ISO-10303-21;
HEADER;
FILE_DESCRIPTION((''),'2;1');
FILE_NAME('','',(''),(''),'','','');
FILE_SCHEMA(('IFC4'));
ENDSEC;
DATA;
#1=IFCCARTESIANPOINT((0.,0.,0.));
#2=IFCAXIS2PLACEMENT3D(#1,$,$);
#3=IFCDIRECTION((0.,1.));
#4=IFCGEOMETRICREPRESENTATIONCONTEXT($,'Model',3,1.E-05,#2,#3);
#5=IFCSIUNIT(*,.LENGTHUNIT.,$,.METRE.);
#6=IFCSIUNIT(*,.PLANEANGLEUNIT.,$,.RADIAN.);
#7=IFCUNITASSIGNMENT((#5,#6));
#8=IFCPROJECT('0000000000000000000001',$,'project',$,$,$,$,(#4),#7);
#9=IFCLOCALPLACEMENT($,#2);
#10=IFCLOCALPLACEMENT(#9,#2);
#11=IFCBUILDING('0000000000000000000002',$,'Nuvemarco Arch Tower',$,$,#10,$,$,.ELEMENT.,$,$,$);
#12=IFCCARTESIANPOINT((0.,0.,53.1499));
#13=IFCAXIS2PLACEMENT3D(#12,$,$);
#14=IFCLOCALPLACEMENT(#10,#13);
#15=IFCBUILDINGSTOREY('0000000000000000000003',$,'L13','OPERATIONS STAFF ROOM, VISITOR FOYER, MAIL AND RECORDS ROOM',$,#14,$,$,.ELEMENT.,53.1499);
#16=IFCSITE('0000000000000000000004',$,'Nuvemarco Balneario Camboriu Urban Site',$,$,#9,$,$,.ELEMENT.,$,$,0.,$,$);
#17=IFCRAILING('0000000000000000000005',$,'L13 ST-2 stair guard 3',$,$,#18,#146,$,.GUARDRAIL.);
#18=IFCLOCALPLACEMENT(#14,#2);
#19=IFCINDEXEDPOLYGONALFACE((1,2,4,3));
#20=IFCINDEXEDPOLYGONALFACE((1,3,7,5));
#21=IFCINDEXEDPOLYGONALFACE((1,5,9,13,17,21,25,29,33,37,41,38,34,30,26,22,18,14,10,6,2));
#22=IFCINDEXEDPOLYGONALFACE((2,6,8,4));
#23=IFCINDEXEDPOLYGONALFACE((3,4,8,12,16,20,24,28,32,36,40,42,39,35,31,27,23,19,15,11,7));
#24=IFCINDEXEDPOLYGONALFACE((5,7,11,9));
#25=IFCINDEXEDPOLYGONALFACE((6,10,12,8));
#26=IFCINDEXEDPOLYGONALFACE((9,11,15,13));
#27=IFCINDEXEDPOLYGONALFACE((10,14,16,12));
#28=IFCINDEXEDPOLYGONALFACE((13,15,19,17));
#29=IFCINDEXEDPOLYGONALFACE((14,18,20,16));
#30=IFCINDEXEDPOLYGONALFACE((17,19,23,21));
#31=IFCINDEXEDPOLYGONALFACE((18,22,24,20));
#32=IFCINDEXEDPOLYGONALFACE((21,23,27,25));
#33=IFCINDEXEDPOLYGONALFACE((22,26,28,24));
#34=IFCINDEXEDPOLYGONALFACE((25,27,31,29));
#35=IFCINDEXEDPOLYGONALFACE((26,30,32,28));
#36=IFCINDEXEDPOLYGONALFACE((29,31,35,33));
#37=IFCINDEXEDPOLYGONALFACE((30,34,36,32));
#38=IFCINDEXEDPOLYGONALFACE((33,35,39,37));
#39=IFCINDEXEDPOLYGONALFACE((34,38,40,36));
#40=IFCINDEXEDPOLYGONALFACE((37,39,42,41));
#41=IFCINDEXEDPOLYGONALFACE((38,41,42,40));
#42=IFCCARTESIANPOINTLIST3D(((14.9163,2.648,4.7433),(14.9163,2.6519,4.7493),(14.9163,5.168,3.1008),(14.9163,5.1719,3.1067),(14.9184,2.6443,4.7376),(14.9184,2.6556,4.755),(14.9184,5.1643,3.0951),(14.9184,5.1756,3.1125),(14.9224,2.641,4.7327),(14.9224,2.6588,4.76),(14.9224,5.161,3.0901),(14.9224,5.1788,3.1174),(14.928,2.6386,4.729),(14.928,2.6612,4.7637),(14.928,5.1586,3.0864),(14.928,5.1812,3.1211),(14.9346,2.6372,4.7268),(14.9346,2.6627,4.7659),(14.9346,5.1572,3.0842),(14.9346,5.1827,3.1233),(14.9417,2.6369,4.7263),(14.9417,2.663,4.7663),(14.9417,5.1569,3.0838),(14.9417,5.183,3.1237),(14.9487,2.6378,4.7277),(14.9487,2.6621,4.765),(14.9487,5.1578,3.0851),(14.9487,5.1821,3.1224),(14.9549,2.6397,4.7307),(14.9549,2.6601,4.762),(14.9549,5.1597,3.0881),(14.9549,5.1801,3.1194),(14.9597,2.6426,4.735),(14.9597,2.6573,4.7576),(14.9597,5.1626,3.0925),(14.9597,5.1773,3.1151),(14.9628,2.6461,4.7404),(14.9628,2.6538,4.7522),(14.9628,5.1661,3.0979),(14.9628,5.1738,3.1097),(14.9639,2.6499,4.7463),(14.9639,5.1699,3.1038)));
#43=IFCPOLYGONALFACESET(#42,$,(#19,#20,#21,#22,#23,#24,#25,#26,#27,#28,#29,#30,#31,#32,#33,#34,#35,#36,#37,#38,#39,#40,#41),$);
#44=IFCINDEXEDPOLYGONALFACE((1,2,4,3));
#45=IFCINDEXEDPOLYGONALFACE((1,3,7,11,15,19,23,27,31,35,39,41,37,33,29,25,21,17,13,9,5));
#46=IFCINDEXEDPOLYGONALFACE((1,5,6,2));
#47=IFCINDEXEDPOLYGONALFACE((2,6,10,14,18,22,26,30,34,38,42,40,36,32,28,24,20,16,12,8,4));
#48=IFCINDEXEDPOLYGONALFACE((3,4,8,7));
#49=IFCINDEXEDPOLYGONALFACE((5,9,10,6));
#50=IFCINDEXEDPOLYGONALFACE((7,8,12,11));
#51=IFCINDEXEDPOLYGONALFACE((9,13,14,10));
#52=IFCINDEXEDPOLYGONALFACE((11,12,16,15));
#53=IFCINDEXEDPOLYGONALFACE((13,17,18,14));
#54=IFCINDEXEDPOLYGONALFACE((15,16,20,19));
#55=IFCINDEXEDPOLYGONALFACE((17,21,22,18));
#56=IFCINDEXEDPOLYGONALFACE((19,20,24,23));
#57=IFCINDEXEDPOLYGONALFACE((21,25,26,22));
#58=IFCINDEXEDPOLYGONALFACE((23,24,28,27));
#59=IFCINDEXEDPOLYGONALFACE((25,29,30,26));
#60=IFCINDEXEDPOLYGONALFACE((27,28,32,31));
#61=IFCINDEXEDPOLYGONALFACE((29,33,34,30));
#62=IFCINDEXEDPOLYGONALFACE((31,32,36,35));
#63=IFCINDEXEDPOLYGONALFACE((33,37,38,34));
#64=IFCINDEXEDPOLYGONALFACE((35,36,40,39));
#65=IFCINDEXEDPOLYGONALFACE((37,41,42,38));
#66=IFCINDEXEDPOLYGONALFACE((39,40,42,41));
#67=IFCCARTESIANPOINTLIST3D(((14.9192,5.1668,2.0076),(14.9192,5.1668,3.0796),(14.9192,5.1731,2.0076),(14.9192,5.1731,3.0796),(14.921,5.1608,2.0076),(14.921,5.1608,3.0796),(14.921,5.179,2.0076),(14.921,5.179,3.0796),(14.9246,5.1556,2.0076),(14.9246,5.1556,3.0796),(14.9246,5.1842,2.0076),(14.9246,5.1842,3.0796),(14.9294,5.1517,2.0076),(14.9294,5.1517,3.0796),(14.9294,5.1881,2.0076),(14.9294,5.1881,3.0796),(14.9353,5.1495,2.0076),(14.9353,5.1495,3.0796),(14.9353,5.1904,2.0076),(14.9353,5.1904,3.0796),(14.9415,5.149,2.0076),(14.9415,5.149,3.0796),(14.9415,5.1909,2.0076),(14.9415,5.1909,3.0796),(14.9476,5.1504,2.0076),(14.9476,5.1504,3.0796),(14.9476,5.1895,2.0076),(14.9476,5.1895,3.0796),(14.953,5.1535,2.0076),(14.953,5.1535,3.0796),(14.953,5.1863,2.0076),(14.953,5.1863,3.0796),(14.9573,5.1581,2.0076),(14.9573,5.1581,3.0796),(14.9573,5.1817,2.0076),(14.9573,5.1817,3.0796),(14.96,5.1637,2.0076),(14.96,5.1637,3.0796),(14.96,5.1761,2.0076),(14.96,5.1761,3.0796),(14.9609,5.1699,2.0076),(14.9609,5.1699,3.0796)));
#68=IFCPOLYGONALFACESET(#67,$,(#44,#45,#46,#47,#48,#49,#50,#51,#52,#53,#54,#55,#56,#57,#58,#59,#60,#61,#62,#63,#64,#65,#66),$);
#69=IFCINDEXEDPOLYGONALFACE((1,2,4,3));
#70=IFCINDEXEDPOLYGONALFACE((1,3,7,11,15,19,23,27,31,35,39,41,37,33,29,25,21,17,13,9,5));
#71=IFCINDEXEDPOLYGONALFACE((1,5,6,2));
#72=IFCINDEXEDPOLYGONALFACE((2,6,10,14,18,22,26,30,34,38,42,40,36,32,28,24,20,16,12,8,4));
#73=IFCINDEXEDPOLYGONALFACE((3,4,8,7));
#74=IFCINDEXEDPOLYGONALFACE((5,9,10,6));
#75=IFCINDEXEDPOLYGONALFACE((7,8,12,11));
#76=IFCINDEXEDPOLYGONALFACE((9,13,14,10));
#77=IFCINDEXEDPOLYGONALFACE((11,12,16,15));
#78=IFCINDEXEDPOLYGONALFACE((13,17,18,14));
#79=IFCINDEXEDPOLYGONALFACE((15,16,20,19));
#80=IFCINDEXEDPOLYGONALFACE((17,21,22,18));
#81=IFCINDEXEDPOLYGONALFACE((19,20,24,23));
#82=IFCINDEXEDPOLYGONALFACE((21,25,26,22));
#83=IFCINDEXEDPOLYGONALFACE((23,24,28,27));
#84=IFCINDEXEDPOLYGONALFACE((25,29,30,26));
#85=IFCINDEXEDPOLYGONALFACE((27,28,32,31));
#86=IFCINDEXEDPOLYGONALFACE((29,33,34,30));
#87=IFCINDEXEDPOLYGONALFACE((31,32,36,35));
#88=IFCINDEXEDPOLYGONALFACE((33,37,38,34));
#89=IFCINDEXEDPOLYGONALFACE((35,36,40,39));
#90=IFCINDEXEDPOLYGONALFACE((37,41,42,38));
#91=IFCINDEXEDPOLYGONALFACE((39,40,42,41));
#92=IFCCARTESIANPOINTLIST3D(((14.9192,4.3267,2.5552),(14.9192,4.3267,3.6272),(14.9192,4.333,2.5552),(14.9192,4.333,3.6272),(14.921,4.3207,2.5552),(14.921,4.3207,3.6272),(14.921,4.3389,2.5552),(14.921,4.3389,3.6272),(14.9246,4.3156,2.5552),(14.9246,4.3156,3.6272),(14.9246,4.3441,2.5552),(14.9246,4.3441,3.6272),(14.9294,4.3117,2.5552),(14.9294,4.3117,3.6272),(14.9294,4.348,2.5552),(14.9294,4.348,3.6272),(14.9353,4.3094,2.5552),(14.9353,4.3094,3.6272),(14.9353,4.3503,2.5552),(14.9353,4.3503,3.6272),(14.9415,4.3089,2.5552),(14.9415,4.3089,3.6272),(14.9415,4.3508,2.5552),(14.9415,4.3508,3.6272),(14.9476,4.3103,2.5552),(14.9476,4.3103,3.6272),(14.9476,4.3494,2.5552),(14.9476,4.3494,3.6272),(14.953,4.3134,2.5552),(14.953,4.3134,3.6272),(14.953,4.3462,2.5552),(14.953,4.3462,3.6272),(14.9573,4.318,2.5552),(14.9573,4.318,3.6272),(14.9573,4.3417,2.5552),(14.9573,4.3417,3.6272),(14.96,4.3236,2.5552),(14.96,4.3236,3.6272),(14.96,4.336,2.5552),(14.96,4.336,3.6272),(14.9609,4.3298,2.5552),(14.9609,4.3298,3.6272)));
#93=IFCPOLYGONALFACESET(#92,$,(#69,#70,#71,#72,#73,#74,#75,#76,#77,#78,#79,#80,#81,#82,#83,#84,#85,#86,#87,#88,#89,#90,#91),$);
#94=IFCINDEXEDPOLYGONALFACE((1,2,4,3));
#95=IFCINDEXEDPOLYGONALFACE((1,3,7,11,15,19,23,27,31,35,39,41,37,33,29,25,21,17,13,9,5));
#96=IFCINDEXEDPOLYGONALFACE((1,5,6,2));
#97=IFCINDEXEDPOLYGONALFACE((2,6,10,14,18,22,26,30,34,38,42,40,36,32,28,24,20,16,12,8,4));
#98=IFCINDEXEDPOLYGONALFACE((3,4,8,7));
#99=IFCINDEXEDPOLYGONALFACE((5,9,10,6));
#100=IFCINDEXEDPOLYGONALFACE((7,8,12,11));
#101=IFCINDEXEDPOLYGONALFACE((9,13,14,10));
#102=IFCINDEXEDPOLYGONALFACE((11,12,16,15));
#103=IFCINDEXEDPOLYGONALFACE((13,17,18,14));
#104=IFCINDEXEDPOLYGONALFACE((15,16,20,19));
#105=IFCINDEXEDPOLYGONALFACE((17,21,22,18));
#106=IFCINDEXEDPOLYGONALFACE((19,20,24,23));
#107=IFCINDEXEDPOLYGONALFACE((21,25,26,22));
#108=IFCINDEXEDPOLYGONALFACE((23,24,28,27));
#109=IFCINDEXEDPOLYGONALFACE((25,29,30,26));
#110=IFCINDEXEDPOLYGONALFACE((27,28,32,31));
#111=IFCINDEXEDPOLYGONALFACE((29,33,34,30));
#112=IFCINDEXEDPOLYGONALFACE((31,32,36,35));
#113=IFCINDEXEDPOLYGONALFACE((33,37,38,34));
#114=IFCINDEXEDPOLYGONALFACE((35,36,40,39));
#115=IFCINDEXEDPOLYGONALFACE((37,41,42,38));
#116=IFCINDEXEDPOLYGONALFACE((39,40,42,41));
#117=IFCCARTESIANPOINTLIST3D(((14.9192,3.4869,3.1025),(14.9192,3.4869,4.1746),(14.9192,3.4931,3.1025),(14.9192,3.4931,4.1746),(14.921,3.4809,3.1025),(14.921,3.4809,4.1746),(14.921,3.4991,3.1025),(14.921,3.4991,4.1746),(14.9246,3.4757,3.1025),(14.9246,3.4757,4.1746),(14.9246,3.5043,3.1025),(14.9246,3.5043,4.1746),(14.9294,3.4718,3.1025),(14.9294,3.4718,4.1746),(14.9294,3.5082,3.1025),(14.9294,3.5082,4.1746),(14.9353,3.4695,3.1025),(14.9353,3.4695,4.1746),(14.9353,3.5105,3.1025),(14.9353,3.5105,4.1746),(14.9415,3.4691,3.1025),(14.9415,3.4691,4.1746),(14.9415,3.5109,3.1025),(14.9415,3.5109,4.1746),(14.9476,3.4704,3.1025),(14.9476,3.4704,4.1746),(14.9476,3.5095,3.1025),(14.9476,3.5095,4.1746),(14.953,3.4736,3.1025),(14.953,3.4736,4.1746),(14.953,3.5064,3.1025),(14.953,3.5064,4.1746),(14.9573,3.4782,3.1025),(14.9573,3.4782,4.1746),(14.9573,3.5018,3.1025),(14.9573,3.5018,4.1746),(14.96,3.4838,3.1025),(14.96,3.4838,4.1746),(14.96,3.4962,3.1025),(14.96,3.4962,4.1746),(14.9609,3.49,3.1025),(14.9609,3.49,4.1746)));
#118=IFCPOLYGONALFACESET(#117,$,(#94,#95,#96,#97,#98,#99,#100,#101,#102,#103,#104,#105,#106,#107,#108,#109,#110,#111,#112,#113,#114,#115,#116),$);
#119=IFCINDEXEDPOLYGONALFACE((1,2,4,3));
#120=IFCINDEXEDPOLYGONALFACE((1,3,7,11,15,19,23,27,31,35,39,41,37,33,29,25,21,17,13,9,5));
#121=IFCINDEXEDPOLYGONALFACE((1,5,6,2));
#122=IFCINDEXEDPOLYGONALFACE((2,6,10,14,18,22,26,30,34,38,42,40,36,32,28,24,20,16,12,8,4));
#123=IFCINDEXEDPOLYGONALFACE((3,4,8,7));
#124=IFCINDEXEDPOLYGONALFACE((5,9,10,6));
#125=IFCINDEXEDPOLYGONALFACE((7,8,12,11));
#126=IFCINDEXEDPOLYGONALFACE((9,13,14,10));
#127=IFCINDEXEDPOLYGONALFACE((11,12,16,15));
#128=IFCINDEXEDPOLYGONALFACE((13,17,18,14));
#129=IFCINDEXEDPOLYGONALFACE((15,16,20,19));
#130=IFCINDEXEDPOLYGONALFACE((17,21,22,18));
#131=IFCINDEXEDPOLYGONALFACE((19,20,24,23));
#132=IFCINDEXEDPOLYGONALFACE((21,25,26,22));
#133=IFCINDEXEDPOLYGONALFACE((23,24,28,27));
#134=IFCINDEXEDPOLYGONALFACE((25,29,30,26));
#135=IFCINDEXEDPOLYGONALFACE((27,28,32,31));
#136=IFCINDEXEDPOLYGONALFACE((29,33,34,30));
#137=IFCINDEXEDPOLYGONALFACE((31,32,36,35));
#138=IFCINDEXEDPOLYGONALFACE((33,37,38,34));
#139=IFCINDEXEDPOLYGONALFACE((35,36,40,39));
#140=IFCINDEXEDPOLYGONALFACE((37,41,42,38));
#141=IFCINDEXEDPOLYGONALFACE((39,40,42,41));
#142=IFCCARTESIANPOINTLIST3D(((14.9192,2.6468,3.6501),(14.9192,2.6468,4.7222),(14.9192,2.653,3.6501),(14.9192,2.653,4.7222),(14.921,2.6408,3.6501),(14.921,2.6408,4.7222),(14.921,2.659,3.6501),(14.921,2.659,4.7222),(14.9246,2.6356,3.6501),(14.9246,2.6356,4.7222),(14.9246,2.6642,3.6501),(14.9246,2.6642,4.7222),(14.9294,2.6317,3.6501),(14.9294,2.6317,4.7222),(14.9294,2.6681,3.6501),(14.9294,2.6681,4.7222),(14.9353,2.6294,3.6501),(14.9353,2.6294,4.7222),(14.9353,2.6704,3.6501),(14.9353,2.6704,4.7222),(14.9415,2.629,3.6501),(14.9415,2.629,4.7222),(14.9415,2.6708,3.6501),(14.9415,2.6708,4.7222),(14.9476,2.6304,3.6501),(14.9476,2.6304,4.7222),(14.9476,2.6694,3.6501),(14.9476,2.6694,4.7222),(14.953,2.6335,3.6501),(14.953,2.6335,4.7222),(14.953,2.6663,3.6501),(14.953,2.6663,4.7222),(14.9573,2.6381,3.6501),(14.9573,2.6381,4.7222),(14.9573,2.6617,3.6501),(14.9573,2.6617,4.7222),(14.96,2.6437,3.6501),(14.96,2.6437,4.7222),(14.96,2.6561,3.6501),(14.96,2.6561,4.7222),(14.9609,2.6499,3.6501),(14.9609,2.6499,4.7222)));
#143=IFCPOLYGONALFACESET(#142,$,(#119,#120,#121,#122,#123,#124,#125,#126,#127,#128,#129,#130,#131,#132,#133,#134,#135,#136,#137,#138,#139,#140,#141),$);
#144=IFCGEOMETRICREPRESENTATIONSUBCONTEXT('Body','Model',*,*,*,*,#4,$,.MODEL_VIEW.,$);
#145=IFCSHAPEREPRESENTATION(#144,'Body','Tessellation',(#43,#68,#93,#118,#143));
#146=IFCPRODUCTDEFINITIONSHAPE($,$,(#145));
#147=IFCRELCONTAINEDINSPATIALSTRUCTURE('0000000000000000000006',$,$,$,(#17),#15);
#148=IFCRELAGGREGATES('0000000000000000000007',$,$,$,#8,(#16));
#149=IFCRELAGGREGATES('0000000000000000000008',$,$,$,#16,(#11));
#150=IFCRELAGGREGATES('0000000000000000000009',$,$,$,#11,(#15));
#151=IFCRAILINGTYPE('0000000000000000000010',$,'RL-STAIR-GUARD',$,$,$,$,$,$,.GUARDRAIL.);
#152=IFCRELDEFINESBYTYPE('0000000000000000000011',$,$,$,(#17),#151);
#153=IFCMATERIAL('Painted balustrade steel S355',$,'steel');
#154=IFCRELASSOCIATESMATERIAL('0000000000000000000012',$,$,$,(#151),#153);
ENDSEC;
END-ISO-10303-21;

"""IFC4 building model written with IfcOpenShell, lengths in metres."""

from ifc_helpers import new_model, si_unit, direction, frame, origin, origin_2d, place, context, subcontext, project, spatial, circle, extrude, material, type_object, element, save


model = new_model("IFC4")

# Units and contexts
model_context = context("Model", 3, precision=1e-05, world=origin(), true_north=direction((0.0, 1.0)))
body_context = subcontext(model_context, "Body", "Model", "MODEL_VIEW")
ifc_project = project(units=[si_unit("LENGTHUNIT", "METRE"), si_unit("PLANEANGLEUNIT", "RADIAN")], contexts=[model_context])

# Site, building, storey
site_placement = place(None, origin())
site = spatial("IfcSite", under=ifc_project, at=site_placement, Name="Nuvemarco Balneario Camboriu Urban Site", CompositionType="ELEMENT", RefElevation=0.0)
building_placement = place(site_placement, origin())
building = spatial("IfcBuilding", under=site, at=building_placement, Name="Nuvemarco Arch Tower", CompositionType="ELEMENT")
storey_placement = place(building_placement, frame((0.0, 0.0, 53.1499)))
storey = spatial("IfcBuildingStorey", under=building, at=storey_placement, Name="L13", Description="OPERATIONS STAFF ROOM, VISITOR FOYER, MAIL AND RECORDS ROOM", CompositionType="ELEMENT", Elevation=53.1499)

# Railing
ifc_material_1 = material(Name="Painted balustrade steel S355", Category="steel")
railing_type_1 = type_object("IfcRailingType", Name="RL-STAIR-GUARD", PredefinedType="GUARDRAIL", material=ifc_material_1)
railing_1_placement = place(storey_placement, frame((14.9399, 5.1699, 2.0076)))
element("IfcRailing", 1, at=railing_1_placement, inside=storey, type_object=railing_type_1, Name="L13 ST-2 stair guard 3", PredefinedType="GUARDRAIL", context=body_context, shape_type="SweptSolid", body=[
    extrude(circle(Radius=0.0239, at=origin_2d()), frame((0.0, 0.0, 1.0962), z_axis=(0.0, -0.837749, 0.546055), x_axis=(1.0, 0.0, 0.0)), (0.0, 0.0, 1.0), 3.0081),
    extrude(circle(Radius=0.021, at=origin_2d()), origin(), (0.0, 0.0, 1.0), 1.072),
    extrude(circle(Radius=0.021, at=origin_2d()), frame((0.0, -0.8401, 0.5476)), (0.0, 0.0, 1.0), 1.072),
    extrude(circle(Radius=0.021, at=origin_2d()), frame((0.0, -1.6799, 1.095)), (0.0, 0.0, 1.0), 1.072),
    extrude(circle(Radius=0.021, at=origin_2d()), frame((0.0, -2.52, 1.6426)), (0.0, 0.0, 1.0), 1.072),
])

save(model, "model.ifc")
